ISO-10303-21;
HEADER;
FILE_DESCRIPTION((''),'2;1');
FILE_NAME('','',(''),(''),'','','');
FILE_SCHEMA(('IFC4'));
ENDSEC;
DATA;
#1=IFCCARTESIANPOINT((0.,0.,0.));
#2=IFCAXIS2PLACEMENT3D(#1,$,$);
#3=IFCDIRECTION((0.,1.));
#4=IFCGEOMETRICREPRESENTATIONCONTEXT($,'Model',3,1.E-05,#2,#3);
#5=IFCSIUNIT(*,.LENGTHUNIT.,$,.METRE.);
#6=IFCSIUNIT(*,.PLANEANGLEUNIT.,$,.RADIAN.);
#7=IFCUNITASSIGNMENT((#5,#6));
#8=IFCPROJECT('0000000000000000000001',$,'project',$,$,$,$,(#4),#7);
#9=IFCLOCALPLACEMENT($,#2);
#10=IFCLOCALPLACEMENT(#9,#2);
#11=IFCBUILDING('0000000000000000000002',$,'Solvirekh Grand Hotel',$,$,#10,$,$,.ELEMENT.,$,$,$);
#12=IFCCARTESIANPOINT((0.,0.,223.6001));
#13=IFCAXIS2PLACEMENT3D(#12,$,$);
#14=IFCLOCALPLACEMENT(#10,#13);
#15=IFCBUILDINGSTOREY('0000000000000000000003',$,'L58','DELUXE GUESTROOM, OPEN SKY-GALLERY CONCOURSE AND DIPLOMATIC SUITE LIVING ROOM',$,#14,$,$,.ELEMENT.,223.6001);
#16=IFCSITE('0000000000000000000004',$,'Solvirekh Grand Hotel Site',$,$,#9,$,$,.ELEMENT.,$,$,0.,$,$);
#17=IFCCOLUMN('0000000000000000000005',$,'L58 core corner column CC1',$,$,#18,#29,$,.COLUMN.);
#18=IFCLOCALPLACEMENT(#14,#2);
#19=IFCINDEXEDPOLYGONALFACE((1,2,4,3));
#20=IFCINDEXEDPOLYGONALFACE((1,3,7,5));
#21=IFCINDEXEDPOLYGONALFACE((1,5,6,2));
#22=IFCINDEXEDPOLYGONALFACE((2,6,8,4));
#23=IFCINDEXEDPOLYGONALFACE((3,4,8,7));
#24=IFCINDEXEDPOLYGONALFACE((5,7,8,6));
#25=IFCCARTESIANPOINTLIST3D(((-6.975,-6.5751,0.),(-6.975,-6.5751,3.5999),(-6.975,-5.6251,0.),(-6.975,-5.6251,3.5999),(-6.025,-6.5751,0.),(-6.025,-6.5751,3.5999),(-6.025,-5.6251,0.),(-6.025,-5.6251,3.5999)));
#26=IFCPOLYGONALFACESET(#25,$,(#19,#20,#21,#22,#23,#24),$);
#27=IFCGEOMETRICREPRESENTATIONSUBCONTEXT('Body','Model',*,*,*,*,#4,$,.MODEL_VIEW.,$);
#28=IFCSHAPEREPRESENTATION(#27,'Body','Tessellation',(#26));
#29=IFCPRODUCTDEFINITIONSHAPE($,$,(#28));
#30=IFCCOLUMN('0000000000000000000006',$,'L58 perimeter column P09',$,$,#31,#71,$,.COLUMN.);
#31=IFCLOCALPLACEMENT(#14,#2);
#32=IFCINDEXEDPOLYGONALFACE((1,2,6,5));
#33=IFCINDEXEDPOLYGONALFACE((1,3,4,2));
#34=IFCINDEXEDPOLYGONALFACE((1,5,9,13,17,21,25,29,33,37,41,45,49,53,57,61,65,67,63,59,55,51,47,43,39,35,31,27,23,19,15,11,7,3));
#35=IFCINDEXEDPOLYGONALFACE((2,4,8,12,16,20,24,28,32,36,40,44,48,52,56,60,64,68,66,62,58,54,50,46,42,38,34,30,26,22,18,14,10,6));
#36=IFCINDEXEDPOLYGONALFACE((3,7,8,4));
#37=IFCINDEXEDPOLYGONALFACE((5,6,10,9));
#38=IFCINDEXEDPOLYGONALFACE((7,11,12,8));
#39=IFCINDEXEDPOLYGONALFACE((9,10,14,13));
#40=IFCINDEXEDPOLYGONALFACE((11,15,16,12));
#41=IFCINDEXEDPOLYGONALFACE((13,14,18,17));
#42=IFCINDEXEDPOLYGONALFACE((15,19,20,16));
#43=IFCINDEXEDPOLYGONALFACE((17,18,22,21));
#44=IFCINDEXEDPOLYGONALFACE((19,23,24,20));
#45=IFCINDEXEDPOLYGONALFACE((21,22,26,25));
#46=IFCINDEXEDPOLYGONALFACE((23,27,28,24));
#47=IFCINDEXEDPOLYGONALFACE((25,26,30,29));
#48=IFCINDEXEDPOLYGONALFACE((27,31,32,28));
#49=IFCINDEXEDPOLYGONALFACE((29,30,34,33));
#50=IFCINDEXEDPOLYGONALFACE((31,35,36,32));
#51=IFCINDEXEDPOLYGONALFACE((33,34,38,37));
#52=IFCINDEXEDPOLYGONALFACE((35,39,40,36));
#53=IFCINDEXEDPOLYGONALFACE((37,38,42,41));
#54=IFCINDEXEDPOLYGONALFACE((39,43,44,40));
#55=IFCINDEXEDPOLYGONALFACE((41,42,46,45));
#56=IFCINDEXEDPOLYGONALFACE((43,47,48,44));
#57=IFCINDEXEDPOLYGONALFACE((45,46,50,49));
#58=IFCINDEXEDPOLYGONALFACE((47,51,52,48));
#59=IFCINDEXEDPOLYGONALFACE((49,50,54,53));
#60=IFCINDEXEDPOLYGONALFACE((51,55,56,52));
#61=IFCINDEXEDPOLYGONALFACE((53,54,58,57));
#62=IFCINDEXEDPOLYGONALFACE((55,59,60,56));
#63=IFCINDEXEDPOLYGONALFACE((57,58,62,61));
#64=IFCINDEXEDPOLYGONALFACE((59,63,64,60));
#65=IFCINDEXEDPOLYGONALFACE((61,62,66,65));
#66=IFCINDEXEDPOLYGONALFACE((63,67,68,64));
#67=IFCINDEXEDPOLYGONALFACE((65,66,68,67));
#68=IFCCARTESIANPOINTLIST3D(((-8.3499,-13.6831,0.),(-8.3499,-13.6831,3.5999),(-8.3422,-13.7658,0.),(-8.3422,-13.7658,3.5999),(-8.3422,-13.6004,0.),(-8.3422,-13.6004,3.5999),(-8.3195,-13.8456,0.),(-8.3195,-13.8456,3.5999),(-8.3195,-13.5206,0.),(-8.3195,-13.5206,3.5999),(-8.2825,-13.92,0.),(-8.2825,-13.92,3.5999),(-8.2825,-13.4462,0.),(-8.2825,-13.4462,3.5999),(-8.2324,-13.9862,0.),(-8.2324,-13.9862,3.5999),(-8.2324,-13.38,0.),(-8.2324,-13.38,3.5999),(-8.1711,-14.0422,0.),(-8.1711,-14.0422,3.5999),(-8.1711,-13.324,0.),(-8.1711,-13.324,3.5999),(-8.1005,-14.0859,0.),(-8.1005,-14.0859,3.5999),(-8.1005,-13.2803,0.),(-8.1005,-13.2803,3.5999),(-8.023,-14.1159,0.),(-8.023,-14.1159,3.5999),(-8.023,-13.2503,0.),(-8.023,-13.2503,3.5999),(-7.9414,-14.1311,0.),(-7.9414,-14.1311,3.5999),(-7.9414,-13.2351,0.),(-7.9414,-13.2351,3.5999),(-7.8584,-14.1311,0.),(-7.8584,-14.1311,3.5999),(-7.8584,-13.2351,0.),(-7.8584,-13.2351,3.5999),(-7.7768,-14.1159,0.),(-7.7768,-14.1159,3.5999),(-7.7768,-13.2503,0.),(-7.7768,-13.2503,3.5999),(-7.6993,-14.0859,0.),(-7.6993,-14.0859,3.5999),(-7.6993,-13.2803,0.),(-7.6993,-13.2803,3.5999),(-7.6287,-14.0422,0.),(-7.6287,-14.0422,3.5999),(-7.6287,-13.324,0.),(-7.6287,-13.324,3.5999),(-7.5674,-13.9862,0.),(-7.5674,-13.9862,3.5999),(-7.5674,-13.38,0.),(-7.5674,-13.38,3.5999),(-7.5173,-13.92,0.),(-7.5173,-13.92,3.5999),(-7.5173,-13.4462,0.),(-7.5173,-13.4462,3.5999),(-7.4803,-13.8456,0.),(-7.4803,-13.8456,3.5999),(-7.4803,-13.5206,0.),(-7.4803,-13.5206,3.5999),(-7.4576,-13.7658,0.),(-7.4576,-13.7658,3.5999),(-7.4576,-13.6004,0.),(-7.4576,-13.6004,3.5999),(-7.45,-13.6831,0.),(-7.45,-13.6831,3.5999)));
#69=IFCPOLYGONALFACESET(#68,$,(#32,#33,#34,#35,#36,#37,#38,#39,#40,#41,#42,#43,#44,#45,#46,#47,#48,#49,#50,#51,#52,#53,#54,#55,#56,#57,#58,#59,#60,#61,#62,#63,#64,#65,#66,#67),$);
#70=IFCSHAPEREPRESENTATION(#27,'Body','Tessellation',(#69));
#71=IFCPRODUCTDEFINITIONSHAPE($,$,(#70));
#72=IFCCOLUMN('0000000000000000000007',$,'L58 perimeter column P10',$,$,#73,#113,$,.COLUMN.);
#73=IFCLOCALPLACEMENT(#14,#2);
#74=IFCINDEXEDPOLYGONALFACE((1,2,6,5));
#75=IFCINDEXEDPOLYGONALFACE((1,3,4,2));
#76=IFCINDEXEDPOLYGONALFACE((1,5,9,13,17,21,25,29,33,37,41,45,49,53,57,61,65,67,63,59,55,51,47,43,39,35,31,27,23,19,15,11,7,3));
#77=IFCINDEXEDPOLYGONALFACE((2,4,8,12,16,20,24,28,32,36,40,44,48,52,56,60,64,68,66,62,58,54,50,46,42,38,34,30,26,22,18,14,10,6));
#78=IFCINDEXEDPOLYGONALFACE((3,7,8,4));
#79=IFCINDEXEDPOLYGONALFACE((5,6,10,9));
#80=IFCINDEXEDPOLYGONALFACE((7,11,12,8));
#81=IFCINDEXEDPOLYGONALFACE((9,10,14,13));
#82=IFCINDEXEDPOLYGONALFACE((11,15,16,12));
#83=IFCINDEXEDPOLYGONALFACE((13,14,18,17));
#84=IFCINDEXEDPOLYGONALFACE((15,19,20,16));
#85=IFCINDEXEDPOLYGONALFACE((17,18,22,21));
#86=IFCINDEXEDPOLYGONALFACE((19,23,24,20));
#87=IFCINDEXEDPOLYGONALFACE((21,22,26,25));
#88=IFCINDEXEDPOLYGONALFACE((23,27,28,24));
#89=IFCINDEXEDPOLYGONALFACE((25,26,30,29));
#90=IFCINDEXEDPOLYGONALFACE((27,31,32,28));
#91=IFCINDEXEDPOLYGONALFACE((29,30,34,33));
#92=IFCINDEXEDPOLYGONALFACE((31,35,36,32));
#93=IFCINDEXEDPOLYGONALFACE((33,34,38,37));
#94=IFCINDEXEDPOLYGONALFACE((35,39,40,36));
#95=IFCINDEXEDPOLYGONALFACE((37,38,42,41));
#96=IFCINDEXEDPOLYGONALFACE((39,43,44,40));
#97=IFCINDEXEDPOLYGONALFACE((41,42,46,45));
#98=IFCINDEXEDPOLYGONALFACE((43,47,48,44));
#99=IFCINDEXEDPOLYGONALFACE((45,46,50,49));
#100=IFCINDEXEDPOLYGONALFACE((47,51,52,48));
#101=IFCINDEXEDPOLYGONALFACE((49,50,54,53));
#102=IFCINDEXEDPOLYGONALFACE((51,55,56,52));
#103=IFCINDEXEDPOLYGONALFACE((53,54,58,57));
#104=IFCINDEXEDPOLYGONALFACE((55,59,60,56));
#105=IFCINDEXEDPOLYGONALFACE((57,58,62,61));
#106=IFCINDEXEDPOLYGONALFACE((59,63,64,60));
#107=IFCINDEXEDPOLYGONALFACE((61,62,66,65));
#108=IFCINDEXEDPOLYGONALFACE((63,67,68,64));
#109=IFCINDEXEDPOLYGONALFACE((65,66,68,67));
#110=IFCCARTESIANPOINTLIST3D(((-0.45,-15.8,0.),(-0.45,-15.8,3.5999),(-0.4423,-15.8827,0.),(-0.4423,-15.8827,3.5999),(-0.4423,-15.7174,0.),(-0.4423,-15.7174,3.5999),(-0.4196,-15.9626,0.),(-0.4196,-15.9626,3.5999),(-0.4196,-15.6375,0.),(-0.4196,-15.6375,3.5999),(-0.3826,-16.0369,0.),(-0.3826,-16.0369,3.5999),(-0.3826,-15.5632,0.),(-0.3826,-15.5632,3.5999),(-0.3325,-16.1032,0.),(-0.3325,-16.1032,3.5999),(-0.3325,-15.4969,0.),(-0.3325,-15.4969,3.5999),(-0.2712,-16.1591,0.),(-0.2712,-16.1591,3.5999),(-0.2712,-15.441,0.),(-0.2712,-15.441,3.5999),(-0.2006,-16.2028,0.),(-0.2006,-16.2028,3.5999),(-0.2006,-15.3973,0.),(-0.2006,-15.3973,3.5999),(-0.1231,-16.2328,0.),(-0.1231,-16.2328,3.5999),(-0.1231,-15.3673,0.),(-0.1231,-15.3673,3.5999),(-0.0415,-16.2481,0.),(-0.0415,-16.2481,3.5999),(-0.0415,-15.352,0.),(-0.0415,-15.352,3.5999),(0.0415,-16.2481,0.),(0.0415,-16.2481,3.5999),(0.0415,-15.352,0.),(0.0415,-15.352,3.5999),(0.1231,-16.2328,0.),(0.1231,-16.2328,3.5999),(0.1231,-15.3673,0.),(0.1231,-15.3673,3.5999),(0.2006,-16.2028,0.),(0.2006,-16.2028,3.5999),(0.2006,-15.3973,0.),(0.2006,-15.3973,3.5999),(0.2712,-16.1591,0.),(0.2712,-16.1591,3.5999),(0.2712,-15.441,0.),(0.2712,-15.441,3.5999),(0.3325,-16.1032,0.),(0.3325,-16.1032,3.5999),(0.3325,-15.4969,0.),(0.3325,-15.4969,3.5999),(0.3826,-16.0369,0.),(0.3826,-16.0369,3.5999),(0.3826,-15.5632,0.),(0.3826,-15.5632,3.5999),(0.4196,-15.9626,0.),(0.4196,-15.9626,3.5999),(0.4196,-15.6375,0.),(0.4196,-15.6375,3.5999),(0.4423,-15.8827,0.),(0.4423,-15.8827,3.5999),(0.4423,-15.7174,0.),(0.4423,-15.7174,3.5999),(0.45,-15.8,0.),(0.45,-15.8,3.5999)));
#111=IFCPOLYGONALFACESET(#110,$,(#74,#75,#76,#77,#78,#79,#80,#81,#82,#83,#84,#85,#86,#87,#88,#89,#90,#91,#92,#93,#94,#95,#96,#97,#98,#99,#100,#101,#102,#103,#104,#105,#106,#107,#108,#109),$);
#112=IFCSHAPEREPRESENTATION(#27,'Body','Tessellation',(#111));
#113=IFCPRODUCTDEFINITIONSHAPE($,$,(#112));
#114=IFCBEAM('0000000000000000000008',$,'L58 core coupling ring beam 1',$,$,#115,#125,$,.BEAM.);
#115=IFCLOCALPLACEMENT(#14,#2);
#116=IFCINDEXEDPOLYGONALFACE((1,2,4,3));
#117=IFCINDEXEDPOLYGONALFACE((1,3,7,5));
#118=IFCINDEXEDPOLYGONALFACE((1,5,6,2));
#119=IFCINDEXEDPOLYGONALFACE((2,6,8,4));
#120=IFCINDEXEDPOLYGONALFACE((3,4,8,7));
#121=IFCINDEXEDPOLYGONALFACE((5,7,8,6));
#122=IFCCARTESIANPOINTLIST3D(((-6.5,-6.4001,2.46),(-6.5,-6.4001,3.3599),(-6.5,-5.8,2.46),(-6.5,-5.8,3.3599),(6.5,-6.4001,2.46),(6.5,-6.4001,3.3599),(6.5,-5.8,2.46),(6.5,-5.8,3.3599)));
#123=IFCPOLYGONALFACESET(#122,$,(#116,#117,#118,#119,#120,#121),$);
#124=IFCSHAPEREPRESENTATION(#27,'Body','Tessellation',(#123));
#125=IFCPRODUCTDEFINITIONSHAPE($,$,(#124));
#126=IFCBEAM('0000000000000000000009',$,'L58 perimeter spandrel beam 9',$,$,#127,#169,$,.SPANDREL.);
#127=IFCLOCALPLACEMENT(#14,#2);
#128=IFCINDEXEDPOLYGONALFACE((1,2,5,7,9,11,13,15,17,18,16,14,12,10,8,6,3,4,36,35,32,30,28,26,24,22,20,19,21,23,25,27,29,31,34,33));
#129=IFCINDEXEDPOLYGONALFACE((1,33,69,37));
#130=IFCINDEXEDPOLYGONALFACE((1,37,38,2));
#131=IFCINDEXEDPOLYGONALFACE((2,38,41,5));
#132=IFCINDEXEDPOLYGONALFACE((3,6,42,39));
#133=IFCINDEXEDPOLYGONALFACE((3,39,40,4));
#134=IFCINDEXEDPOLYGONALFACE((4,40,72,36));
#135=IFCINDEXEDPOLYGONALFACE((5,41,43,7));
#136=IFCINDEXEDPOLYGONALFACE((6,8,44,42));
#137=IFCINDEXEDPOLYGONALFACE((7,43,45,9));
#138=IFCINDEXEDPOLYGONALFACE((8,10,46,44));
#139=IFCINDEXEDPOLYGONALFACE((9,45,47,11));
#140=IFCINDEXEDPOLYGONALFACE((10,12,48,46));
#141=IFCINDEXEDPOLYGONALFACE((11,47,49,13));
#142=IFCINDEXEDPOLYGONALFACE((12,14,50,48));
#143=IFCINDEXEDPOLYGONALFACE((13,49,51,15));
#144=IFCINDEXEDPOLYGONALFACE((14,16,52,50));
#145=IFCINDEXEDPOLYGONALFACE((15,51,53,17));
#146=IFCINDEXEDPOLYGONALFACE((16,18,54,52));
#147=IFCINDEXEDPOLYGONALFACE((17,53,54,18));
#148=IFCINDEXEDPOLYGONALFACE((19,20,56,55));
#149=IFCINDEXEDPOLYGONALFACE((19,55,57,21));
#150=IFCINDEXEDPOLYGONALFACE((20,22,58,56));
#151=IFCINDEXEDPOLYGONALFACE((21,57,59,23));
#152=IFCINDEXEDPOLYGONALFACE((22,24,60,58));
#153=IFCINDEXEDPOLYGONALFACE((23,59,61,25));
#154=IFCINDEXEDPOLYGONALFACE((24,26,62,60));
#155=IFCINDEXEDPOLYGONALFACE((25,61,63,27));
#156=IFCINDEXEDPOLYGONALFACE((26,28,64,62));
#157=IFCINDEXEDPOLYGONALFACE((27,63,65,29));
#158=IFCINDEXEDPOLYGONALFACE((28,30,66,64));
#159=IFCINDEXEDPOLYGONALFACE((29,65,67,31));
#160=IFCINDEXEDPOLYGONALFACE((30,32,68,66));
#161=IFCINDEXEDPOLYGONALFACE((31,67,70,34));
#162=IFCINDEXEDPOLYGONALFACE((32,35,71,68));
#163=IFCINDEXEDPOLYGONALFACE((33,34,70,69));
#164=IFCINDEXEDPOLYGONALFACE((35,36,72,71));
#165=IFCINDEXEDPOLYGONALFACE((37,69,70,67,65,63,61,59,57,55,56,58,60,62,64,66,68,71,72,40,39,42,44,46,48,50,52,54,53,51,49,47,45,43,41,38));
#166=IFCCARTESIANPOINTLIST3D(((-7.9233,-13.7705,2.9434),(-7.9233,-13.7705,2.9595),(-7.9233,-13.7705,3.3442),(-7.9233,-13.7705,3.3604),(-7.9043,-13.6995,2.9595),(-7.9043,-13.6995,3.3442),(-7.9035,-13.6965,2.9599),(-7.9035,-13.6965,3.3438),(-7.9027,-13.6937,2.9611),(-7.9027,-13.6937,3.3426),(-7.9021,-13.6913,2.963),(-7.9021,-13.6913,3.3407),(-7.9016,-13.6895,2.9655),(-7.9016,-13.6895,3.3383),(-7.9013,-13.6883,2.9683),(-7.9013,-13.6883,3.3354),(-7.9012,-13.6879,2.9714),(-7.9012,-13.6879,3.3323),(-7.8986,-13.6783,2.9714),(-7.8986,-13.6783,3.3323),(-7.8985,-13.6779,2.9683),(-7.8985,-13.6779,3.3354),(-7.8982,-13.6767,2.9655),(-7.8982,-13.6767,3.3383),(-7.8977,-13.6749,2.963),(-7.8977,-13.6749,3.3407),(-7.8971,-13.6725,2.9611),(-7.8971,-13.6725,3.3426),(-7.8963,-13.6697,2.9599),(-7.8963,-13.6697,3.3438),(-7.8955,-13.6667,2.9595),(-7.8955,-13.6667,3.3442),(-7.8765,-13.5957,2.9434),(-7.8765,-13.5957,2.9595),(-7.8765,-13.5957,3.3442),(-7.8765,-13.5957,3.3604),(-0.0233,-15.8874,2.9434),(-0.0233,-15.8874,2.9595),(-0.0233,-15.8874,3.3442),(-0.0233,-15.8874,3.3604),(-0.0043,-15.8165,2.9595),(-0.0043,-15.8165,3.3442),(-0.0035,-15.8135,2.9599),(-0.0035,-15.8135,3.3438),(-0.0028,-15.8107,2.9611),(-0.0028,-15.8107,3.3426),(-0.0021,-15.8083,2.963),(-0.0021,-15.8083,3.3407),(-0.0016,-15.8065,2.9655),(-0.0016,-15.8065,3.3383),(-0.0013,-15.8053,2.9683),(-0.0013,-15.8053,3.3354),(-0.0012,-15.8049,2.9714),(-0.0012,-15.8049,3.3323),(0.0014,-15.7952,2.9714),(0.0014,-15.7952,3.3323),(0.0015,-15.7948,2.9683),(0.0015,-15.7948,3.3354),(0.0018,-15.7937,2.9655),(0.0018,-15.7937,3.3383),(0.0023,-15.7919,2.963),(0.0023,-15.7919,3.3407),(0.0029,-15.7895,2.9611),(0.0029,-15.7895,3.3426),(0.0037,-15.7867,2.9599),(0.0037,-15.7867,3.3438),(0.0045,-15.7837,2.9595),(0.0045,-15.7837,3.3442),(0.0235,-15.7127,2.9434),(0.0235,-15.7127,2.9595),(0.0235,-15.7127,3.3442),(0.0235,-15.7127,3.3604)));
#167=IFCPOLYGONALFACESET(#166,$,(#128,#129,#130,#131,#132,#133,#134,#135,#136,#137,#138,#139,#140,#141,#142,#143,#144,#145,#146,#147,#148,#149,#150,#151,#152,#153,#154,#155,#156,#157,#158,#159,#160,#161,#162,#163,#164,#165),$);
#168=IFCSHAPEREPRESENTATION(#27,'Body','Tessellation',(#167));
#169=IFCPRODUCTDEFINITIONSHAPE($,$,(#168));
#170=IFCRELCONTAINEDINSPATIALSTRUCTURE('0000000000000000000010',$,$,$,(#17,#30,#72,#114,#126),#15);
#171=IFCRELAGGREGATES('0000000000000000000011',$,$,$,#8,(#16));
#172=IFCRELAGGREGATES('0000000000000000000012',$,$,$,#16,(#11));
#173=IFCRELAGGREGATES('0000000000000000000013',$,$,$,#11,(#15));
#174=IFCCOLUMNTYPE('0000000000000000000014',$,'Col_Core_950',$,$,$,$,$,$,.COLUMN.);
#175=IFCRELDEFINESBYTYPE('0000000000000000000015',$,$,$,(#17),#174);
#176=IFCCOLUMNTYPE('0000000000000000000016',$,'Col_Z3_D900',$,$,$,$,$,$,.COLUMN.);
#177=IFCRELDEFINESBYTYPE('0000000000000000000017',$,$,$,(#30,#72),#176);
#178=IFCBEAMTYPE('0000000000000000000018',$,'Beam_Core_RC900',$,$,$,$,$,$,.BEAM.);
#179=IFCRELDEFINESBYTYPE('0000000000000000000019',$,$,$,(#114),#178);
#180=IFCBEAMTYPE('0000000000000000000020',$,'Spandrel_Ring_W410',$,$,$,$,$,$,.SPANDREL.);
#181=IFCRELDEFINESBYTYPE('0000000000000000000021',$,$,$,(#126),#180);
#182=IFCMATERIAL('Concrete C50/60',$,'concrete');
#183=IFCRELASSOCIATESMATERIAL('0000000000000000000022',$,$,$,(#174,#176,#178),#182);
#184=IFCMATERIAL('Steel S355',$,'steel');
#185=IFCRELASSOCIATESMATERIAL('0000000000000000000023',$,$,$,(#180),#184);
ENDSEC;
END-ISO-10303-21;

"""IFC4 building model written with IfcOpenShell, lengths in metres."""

from ifc_helpers import new_model, si_unit, direction, frame, origin, origin_2d, place, context, subcontext, project, spatial, rectangle, circle, i_section, extrude, material, material_profile, profile_set, type_object, element, save


model = new_model("IFC4")

# Units and contexts
model_context = context("Model", 3, precision=1e-05, world=origin(), true_north=direction((0.0, 1.0)))
body_context = subcontext(model_context, "Body", "Model", "MODEL_VIEW")
ifc_project = project(units=[si_unit("LENGTHUNIT", "METRE"), si_unit("PLANEANGLEUNIT", "RADIAN")], contexts=[model_context])

# Site, building, storey
site_placement = place(None, origin())
site = spatial("IfcSite", under=ifc_project, at=site_placement, Name="Solvirekh Grand Hotel Site", CompositionType="ELEMENT", RefElevation=0.0)
building_placement = place(site_placement, origin())
building = spatial("IfcBuilding", under=site, at=building_placement, Name="Solvirekh Grand Hotel", CompositionType="ELEMENT")
storey_placement = place(building_placement, frame((0.0, 0.0, 223.6001)))
storey = spatial("IfcBuildingStorey", under=building, at=storey_placement, Name="L58", Description="DELUXE GUESTROOM, OPEN SKY-GALLERY CONCOURSE AND DIPLOMATIC SUITE LIVING ROOM", CompositionType="ELEMENT", Elevation=223.6001)

# Columns
ifc_material_1 = material(Name="Concrete C50/60", Category="concrete")
ifc_material_profile_1 = material_profile(ifc_material_1, rectangle(XDim=0.95, YDim=0.95, at=origin_2d()), Name="RC 950X950")
ifc_profile_set_1 = profile_set([ifc_material_profile_1], Name="Concrete C50/60")
column_type_1 = type_object("IfcColumnType", Name="Col_Core_950", PredefinedType="COLUMN", material=ifc_profile_set_1)
column_placement = place(storey_placement, frame((-6.5, -6.1001, 0.0), z_axis=(0.0, 0.0, 1.0), x_axis=(1.0, 0.0, 0.0)))
element("IfcColumn", 1, at=column_placement, inside=storey, type_object=column_type_1, Name="L58 core corner column CC1", PredefinedType="COLUMN", context=body_context, shape_type="SweptSolid", body=[
    extrude(rectangle(XDim=0.95, YDim=0.95, at=origin_2d()), origin(), (0.0, 0.0, 1.0), 3.5999),
])
ifc_material_profile_2 = material_profile(ifc_material_1, circle(Radius=0.45, at=origin_2d()), Name="RC CIRC D900")
ifc_profile_set_2 = profile_set([ifc_material_profile_2], Name="Concrete C50/60")
column_type_2 = type_object("IfcColumnType", Name="Col_Z3_D900", PredefinedType="COLUMN", material=ifc_profile_set_2)
for number, where, z_axis, x_axis, name in (
    (2, (-7.8999, -13.6831, 0.0), (0.0, 0.0, 1.0), (1.0, 0.0, 0.0), "L58 perimeter column P09"),
    (3, (0.0, -15.8, 0.0), (0.0, 0.0, 1.0), (1.0, 0.0, 0.0), "L58 perimeter column P10"),
):
    element("IfcColumn", number, at=place(storey_placement, frame(where, z_axis=z_axis, x_axis=x_axis)), inside=storey, type_object=column_type_2, Name=name, PredefinedType="COLUMN", context=body_context, shape_type="SweptSolid", body=[
        extrude(circle(Radius=0.45, at=origin_2d()), origin(), (0.0, 0.0, 1.0), 3.5999),
    ])

# Beams
ifc_material_profile_3 = material_profile(ifc_material_1, rectangle(XDim=0.6001, YDim=0.8999, at=origin_2d()), Name="RC BEAM 600X900")
ifc_profile_set_3 = profile_set([ifc_material_profile_3], Name="Concrete C50/60")
beam_type_1 = type_object("IfcBeamType", Name="Beam_Core_RC900", PredefinedType="BEAM", material=ifc_profile_set_3)
beam_placement = place(storey_placement, frame((-6.5, -6.1001, 2.9099), z_axis=(1.0, 0.0, 0.0), x_axis=(0.0, 1.0, 0.0)))
element("IfcBeam", 4, at=beam_placement, inside=storey, type_object=beam_type_1, Name="L58 core coupling ring beam 1", PredefinedType="BEAM", context=body_context, shape_type="SweptSolid", body=[
    extrude(rectangle(XDim=0.6001, YDim=0.8999, at=origin_2d()), origin(), (0.0, 0.0, 1.0), 13.0),
])
ifc_material_2 = material(Name="Steel S355", Category="steel")
ifc_material_profile_4 = material_profile(ifc_material_2, i_section(OverallWidth=0.1809, OverallDepth=0.417, WebThickness=0.01, FlangeThickness=0.0161, FilletRadius=0.012, at=origin_2d()), Name="W410X85")
ifc_profile_set_4 = profile_set([ifc_material_profile_4], Name="Steel S355")
beam_type_2 = type_object("IfcBeamType", Name="Spandrel_Ring_W410", PredefinedType="SPANDREL", material=ifc_profile_set_4)
for number, where, z_axis, x_axis, name in (
    (5, (-7.8999, -13.6831, 3.1519), (0.965921, -0.258839, 0.0), (0.258839, 0.965921, 0.0), "L58 perimeter spandrel beam 9"),
):
    element("IfcBeam", number, at=place(storey_placement, frame(where, z_axis=z_axis, x_axis=x_axis)), inside=storey, type_object=beam_type_2, Name=name, PredefinedType="SPANDREL", context=body_context, shape_type="SweptSolid", body=[
        extrude(i_section(OverallWidth=0.1809, OverallDepth=0.417, WebThickness=0.01, FlangeThickness=0.0161, FilletRadius=0.012, at=origin_2d()), origin(), (0.0, 0.0, 1.0), 8.1787),
    ])

save(model, "model.ifc")
